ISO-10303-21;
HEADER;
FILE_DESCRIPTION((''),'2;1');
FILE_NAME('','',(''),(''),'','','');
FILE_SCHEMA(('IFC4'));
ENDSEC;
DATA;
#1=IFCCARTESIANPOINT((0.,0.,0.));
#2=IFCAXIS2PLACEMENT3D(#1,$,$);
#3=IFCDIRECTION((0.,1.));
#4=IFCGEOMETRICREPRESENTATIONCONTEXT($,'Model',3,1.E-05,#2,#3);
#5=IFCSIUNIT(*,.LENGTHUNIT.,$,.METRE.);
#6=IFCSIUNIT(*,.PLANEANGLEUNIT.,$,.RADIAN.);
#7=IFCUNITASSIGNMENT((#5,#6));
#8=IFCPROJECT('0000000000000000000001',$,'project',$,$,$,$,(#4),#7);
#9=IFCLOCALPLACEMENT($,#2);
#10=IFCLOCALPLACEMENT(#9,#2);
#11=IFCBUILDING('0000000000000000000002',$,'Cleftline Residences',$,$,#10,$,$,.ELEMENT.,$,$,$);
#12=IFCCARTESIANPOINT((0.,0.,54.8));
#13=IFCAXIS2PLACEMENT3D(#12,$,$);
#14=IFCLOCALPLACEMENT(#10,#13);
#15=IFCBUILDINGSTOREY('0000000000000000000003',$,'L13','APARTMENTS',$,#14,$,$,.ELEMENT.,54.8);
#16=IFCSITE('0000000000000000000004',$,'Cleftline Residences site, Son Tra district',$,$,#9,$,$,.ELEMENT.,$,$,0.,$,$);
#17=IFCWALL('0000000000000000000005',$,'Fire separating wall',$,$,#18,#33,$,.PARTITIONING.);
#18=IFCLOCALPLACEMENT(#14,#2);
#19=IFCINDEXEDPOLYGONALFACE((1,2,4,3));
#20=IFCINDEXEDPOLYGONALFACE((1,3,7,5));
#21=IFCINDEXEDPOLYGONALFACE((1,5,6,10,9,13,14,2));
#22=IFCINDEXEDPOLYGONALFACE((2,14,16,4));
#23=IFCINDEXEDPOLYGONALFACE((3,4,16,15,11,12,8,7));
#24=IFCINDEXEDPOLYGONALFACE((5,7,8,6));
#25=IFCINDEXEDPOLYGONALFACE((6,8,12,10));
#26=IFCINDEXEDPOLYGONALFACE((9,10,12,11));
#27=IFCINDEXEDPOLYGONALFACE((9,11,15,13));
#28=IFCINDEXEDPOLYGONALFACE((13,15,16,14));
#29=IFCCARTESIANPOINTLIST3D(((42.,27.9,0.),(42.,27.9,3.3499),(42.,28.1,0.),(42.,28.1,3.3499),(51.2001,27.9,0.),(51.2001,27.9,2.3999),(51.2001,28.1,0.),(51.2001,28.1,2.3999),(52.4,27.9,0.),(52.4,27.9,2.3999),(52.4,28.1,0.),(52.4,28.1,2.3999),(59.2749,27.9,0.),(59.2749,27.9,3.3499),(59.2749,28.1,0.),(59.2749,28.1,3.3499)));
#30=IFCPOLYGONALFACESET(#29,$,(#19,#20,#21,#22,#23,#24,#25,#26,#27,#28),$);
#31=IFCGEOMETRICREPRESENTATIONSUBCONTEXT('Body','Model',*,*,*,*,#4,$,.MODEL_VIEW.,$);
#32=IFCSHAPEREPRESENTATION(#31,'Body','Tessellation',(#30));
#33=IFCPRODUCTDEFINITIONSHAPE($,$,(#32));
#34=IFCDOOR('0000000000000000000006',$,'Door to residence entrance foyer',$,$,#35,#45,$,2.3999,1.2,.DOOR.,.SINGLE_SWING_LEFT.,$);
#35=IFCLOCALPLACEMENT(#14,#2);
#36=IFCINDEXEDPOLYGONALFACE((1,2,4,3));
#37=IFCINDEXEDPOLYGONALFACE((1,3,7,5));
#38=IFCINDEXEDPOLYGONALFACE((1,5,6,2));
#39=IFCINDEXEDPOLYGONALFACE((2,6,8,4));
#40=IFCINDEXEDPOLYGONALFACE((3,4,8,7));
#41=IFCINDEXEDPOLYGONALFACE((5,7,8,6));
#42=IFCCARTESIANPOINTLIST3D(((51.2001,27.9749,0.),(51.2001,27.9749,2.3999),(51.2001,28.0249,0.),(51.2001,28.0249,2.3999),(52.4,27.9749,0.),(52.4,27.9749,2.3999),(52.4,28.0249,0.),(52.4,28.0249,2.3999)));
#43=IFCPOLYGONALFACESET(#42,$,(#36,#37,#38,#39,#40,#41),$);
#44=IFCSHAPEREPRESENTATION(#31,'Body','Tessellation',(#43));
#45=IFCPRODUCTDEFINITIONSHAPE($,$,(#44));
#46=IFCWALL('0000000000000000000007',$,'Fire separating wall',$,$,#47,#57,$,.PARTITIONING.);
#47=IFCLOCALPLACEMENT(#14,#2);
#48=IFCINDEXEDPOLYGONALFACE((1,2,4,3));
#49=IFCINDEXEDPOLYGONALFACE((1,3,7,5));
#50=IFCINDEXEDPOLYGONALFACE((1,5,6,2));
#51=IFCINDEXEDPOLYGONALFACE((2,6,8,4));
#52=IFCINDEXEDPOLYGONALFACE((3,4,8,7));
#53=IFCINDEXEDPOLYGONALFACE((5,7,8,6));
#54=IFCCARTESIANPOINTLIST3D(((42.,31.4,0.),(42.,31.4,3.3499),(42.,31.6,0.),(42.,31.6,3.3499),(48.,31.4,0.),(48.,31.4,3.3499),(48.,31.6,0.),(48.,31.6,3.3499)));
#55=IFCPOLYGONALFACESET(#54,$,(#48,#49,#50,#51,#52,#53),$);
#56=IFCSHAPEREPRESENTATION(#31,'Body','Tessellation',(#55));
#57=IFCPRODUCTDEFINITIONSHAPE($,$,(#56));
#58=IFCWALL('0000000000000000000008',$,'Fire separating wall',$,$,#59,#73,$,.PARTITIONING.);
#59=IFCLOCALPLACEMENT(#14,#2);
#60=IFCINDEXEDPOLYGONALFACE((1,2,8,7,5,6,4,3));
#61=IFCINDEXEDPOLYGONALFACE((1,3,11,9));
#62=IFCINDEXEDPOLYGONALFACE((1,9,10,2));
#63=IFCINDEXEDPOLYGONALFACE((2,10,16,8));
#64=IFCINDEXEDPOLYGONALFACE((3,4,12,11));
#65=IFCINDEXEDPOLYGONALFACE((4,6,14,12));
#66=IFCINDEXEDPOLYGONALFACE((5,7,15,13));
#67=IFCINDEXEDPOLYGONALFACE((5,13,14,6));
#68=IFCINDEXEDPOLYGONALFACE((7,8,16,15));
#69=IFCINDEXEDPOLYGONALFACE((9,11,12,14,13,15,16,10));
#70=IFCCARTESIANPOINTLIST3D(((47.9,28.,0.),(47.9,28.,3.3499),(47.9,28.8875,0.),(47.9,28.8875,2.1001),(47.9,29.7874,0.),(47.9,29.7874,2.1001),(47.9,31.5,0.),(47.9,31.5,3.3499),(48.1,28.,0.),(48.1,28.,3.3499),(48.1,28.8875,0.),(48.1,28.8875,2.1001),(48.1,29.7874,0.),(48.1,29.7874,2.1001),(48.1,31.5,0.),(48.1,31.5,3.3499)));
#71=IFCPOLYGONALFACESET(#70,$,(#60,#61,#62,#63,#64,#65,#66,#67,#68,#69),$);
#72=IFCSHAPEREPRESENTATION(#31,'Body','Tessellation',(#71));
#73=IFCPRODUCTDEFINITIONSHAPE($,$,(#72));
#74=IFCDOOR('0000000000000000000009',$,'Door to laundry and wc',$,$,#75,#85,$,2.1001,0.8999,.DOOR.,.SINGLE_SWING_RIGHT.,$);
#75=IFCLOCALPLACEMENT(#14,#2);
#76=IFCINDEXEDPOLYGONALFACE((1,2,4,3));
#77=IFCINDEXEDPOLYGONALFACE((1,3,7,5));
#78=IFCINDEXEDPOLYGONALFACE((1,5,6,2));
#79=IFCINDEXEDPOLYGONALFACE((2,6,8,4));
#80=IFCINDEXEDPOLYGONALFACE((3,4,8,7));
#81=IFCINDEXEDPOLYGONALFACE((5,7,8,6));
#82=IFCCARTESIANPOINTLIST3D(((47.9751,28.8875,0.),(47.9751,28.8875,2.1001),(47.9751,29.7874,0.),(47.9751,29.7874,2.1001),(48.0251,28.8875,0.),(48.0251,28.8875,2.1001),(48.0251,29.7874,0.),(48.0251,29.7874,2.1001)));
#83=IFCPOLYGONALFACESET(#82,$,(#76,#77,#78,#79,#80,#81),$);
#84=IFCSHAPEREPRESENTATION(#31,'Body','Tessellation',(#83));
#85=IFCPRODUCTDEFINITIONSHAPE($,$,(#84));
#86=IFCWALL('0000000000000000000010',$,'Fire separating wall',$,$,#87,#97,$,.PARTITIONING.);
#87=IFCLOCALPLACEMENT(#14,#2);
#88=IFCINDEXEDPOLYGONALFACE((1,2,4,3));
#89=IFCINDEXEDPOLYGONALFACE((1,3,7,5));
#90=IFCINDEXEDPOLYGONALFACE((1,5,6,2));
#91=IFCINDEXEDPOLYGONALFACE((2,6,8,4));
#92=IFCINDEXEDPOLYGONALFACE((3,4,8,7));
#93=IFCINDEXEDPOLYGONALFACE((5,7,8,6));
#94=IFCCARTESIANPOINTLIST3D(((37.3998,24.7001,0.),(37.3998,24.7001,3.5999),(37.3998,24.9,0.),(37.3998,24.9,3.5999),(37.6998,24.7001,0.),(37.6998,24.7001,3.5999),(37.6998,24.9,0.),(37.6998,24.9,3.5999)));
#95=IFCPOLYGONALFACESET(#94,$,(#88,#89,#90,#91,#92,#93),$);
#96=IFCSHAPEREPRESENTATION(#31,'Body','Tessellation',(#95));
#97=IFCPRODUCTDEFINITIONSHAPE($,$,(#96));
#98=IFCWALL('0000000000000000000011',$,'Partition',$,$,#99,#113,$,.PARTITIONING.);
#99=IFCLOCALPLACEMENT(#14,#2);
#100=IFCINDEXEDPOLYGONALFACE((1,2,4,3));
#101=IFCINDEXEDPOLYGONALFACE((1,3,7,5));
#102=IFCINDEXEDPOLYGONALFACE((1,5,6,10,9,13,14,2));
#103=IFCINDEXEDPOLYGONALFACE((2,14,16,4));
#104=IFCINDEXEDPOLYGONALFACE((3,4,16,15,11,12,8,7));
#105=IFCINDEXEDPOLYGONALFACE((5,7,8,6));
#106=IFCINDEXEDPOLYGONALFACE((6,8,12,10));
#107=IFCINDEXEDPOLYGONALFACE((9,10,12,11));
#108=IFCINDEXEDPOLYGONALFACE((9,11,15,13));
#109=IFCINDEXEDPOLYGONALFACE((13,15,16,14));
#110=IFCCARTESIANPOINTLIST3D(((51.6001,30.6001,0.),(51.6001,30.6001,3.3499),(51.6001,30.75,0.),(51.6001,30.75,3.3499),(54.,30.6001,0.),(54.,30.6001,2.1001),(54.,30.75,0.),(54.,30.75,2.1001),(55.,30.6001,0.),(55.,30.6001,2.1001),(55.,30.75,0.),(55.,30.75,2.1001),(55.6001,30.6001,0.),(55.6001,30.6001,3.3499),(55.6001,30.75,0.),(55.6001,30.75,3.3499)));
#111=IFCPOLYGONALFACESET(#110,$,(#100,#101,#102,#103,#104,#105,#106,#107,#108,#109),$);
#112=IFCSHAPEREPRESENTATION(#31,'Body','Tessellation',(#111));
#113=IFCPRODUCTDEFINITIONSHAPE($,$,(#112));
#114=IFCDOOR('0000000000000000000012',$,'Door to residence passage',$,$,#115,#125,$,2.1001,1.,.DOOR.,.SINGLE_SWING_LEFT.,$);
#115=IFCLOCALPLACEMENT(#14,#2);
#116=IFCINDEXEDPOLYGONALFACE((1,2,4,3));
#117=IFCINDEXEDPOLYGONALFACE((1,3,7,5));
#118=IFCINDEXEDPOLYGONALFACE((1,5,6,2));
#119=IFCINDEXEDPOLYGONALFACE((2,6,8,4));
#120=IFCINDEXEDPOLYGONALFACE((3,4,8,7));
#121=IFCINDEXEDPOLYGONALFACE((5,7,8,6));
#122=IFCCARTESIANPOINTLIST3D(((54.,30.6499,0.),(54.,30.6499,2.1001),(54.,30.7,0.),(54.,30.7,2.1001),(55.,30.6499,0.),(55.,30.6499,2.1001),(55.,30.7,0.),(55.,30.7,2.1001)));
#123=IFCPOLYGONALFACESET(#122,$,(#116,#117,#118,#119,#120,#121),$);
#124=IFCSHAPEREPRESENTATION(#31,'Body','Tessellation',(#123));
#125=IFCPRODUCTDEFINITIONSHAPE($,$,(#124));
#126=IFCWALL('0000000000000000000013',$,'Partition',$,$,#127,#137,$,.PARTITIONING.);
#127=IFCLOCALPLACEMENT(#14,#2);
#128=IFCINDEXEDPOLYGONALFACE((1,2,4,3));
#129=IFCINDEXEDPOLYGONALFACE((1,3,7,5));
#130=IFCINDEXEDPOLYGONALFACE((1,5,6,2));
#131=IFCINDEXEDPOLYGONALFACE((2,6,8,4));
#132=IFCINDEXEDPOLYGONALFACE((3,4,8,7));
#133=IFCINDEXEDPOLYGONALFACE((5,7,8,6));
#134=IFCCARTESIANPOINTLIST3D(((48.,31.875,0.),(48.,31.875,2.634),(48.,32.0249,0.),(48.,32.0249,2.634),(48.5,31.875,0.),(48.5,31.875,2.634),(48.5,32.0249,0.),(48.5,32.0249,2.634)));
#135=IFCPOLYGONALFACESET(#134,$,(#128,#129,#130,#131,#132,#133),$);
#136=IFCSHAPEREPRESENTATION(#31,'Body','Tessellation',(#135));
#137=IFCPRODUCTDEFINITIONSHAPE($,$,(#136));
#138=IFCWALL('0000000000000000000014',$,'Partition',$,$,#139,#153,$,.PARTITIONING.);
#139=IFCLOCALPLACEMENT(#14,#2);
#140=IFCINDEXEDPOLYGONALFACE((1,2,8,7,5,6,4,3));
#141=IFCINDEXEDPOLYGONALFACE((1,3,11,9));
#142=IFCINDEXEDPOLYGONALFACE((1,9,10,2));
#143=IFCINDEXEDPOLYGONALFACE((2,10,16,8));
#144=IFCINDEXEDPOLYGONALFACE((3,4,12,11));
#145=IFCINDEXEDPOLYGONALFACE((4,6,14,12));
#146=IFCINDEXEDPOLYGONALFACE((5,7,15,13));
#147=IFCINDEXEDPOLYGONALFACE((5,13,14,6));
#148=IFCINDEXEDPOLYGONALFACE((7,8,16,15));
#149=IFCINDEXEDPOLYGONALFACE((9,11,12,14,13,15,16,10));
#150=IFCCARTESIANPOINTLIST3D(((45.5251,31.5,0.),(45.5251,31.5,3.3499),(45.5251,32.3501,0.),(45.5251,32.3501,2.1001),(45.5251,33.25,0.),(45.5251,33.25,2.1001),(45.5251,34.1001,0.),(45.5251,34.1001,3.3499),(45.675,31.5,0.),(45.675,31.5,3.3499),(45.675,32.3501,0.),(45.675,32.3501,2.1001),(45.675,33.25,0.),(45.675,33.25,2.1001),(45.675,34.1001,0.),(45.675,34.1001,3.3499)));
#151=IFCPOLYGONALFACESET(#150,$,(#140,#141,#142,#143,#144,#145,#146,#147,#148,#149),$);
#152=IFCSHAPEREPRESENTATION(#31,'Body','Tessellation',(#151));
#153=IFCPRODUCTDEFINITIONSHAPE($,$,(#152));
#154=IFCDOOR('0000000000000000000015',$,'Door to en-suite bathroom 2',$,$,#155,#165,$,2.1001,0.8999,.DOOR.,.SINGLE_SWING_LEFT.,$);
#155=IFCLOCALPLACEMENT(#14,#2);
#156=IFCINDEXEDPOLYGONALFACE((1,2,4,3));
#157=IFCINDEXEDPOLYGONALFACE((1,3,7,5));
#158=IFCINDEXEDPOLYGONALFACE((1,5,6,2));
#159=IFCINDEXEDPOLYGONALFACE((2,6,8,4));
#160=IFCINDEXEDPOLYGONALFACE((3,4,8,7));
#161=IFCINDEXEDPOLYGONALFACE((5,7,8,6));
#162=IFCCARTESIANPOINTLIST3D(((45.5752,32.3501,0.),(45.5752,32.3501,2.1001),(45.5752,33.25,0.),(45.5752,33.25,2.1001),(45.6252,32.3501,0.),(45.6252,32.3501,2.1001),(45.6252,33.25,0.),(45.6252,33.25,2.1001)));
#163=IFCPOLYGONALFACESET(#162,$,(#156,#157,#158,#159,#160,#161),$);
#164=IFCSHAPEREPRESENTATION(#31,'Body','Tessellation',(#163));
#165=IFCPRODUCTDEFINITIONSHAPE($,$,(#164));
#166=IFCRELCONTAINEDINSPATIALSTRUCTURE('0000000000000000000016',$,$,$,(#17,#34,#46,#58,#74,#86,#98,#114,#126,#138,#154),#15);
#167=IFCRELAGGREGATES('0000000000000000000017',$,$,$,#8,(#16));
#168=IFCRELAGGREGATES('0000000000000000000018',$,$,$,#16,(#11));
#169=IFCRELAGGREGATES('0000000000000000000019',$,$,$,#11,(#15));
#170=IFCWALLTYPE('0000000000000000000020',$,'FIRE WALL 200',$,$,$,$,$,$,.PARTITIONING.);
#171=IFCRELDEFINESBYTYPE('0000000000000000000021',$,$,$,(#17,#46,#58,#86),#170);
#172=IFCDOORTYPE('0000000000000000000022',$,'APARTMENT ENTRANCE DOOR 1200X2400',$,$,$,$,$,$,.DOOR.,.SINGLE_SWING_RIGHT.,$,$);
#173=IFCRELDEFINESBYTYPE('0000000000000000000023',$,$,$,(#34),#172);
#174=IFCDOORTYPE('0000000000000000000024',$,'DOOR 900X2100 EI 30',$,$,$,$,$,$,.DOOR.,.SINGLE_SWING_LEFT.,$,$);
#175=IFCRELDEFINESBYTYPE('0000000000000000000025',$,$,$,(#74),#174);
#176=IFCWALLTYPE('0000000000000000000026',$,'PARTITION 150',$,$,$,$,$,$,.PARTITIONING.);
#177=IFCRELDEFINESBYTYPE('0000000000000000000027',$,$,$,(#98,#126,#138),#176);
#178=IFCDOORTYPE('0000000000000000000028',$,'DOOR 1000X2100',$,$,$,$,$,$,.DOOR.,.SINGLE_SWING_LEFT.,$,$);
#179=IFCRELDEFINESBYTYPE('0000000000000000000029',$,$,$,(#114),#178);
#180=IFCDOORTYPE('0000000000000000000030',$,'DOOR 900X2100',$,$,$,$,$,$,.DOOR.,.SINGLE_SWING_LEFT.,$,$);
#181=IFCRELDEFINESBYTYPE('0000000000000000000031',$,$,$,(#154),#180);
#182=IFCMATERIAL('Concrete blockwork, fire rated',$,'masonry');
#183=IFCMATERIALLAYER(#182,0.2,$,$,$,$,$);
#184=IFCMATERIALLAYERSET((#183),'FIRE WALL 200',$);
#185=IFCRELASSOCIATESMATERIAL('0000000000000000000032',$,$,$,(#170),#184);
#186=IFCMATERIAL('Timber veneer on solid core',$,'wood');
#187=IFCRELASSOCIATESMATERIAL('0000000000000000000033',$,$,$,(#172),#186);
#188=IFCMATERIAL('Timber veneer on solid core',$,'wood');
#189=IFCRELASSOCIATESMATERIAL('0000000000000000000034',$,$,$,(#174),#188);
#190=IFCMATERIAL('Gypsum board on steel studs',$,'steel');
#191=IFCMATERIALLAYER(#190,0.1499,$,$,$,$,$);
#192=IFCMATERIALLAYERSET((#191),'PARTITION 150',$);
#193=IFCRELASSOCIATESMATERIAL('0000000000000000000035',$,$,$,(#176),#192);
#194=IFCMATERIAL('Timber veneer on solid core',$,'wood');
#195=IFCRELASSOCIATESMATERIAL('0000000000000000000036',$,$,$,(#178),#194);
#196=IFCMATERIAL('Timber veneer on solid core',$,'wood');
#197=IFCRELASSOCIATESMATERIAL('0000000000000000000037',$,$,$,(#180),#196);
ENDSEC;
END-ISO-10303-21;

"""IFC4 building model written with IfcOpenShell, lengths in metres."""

from ifc_helpers import new_model, si_unit, direction, frame, frame_2d, origin, place, context, subcontext, project, spatial, rectangle, extrude, material, layer, layer_set, type_object, element, fill, save


model = new_model("IFC4")

# Units and contexts
model_context = context("Model", 3, precision=1e-05, world=origin(), true_north=direction((0.0, 1.0)))
body_context = subcontext(model_context, "Body", "Model", "MODEL_VIEW")
ifc_project = project(units=[si_unit("LENGTHUNIT", "METRE"), si_unit("PLANEANGLEUNIT", "RADIAN")], contexts=[model_context])

# Site, building, storey
site_placement = place(None, origin())
site = spatial("IfcSite", under=ifc_project, at=site_placement, Name="Cleftline Residences site, Son Tra district", CompositionType="ELEMENT", RefElevation=0.0)
building_placement = place(site_placement, origin())
building = spatial("IfcBuilding", under=site, at=building_placement, Name="Cleftline Residences", CompositionType="ELEMENT")
storey_placement = place(building_placement, frame((0.0, 0.0, 54.8)))
storey = spatial("IfcBuildingStorey", under=building, at=storey_placement, Name="L13", Description="APARTMENTS", CompositionType="ELEMENT", Elevation=54.8)

# Shared definitions
ifc_material_1 = material(Name="Concrete blockwork, fire rated", Category="masonry")
ifc_layer_1 = layer(ifc_material_1, 0.2)
ifc_layer_set_1 = layer_set([ifc_layer_1], Name="FIRE WALL 200")
wall_type_1 = type_object("IfcWallType", Name="FIRE WALL 200", PredefinedType="PARTITIONING", material=ifc_layer_set_1)

# Wall, opening, door
wall_1_placement = place(storey_placement, frame((42.0, 28.0, 0.0), z_axis=(0.0, 0.0, 1.0), x_axis=(1.0, 0.0, 0.0)))
wall_1 = element("IfcWall", 1, at=wall_1_placement, inside=storey, type_object=wall_type_1, Name="Fire separating wall", PredefinedType="PARTITIONING", context=body_context, shape_type="SweptSolid", body=[
    extrude(rectangle(XDim=17.2749, YDim=0.2, at=frame_2d((8.6375, 0.0))), origin(), (0.0, 0.0, 1.0), 3.3499),
])
opening_1_placement = place(wall_1_placement, frame((9.2, 0.0, 0.0)))
opening_1 = element("IfcOpeningElement", 2, at=opening_1_placement, cuts=wall_1, PredefinedType="OPENING", context=body_context, shape_type="SweptSolid", body=[
    extrude(rectangle(XDim=1.2, YDim=2.3999, at=frame_2d((0.6001, 1.2))), frame((0.0, 0.1099, 0.0), z_axis=(0.0, -1.0, 0.0), x_axis=(1.0, 0.0, 0.0)), (0.0, 0.0, 1.0), 0.22),
])
ifc_material_2 = material(Name="Timber veneer on solid core", Category="wood")
door_type_1 = type_object("IfcDoorType", Name="APARTMENT ENTRANCE DOOR 1200X2400", OperationType="SINGLE_SWING_RIGHT", PredefinedType="DOOR", material=ifc_material_2)
door_1_placement = place(opening_1_placement, origin())
door_1 = element("IfcDoor", 3, at=door_1_placement, inside=storey, type_object=door_type_1, Name="Door to residence entrance foyer", OperationType="SINGLE_SWING_LEFT", OverallHeight=2.3999, OverallWidth=1.2, PredefinedType="DOOR", context=body_context, shape_type="SweptSolid", body=[
    extrude(rectangle(XDim=1.2, YDim=2.3999, at=frame_2d((0.6001, 1.2))), frame((0.0, 0.0249, 0.0), z_axis=(0.0, -1.0, 0.0), x_axis=(1.0, 0.0, 0.0)), (0.0, 0.0, 1.0), 0.05),
])
fill(opening_1, door_1)

# Wall
wall_2_placement = place(storey_placement, frame((42.0, 31.5, 0.0), z_axis=(0.0, 0.0, 1.0), x_axis=(1.0, 0.0, 0.0)))
element("IfcWall", 4, at=wall_2_placement, inside=storey, type_object=wall_type_1, Name="Fire separating wall", PredefinedType="PARTITIONING", context=body_context, shape_type="SweptSolid", body=[
    extrude(rectangle(XDim=6.0, YDim=0.2, at=frame_2d((3.0, 0.0))), origin(), (0.0, 0.0, 1.0), 3.3499),
])

# Wall, opening, door
wall_3_placement = place(storey_placement, frame((48.0, 28.0, 0.0), z_axis=(0.0, 0.0, 1.0), x_axis=(0.0, 1.0, 0.0)))
wall_3 = element("IfcWall", 5, at=wall_3_placement, inside=storey, type_object=wall_type_1, Name="Fire separating wall", PredefinedType="PARTITIONING", context=body_context, shape_type="SweptSolid", body=[
    extrude(rectangle(XDim=3.5, YDim=0.2, at=frame_2d((1.75, 0.0))), origin(), (0.0, 0.0, 1.0), 3.3499),
])
opening_2_placement = place(wall_3_placement, frame((0.8875, 0.0, 0.0)))
opening_2 = element("IfcOpeningElement", 6, at=opening_2_placement, cuts=wall_3, PredefinedType="OPENING", context=body_context, shape_type="SweptSolid", body=[
    extrude(rectangle(XDim=0.8999, YDim=2.1001, at=frame_2d((0.45, 1.05))), frame((0.0, 0.1099, 0.0), z_axis=(0.0, -1.0, 0.0), x_axis=(1.0, 0.0, 0.0)), (0.0, 0.0, 1.0), 0.22),
])
ifc_material_3 = material(Name="Timber veneer on solid core", Category="wood")
door_type_2 = type_object("IfcDoorType", Name="DOOR 900X2100 EI 30", OperationType="SINGLE_SWING_LEFT", PredefinedType="DOOR", material=ifc_material_3)
door_2_placement = place(opening_2_placement, origin())
door_2 = element("IfcDoor", 7, at=door_2_placement, inside=storey, type_object=door_type_2, Name="Door to laundry and wc", OperationType="SINGLE_SWING_RIGHT", OverallHeight=2.1001, OverallWidth=0.8999, PredefinedType="DOOR", context=body_context, shape_type="SweptSolid", body=[
    extrude(rectangle(XDim=0.8999, YDim=2.1001, at=frame_2d((0.45, 1.05))), frame((0.0, 0.0249, 0.0), z_axis=(0.0, -1.0, 0.0), x_axis=(1.0, 0.0, 0.0)), (0.0, 0.0, 1.0), 0.05),
])
fill(opening_2, door_2)

# Wall
wall_4_placement = place(storey_placement, frame((37.3999, 24.8, 0.0), z_axis=(0.0, 0.0, 1.0), x_axis=(1.0, 0.0, 0.0)))
element("IfcWall", 8, at=wall_4_placement, inside=storey, type_object=wall_type_1, Name="Fire separating wall", PredefinedType="PARTITIONING", context=body_context, shape_type="SweptSolid", body=[
    extrude(rectangle(XDim=0.3, YDim=0.2, at=frame_2d((0.1499, 0.0))), origin(), (0.0, 0.0, 1.0), 3.5999),
])

# Wall, opening, door
ifc_material_4 = material(Name="Gypsum board on steel studs", Category="steel")
ifc_layer_2 = layer(ifc_material_4, 0.1499)
ifc_layer_set_2 = layer_set([ifc_layer_2], Name="PARTITION 150")
wall_type_2 = type_object("IfcWallType", Name="PARTITION 150", PredefinedType="PARTITIONING", material=ifc_layer_set_2)
wall_5_placement = place(storey_placement, frame((51.6001, 30.675, 0.0), z_axis=(0.0, 0.0, 1.0), x_axis=(1.0, 0.0, 0.0)))
wall_5 = element("IfcWall", 9, at=wall_5_placement, inside=storey, type_object=wall_type_2, Name="Partition", PredefinedType="PARTITIONING", context=body_context, shape_type="SweptSolid", body=[
    extrude(rectangle(XDim=4.0, YDim=0.1499, at=frame_2d((2.0, 0.0))), origin(), (0.0, 0.0, 1.0), 3.3499),
])
opening_3_placement = place(wall_5_placement, frame((2.3999, 0.0, 0.0)))
opening_3 = element("IfcOpeningElement", 10, at=opening_3_placement, cuts=wall_5, PredefinedType="OPENING", context=body_context, shape_type="SweptSolid", body=[
    extrude(rectangle(XDim=1.0, YDim=2.1001, at=frame_2d((0.5, 1.05))), frame((0.0, 0.085, 0.0), z_axis=(0.0, -1.0, 0.0), x_axis=(1.0, 0.0, 0.0)), (0.0, 0.0, 1.0), 0.1699),
])
ifc_material_5 = material(Name="Timber veneer on solid core", Category="wood")
door_type_3 = type_object("IfcDoorType", Name="DOOR 1000X2100", OperationType="SINGLE_SWING_LEFT", PredefinedType="DOOR", material=ifc_material_5)
door_3_placement = place(opening_3_placement, origin())
door_3 = element("IfcDoor", 11, at=door_3_placement, inside=storey, type_object=door_type_3, Name="Door to residence passage", OperationType="SINGLE_SWING_LEFT", OverallHeight=2.1001, OverallWidth=1.0, PredefinedType="DOOR", context=body_context, shape_type="SweptSolid", body=[
    extrude(rectangle(XDim=1.0, YDim=2.1001, at=frame_2d((0.5, 1.05))), frame((0.0, 0.0249, 0.0), z_axis=(0.0, -1.0, 0.0), x_axis=(1.0, 0.0, 0.0)), (0.0, 0.0, 1.0), 0.05),
])
fill(opening_3, door_3)

# Wall
wall_6_placement = place(storey_placement, frame((48.0, 31.95, 0.0), z_axis=(0.0, 0.0, 1.0), x_axis=(1.0, 0.0, 0.0)))
element("IfcWall", 12, at=wall_6_placement, inside=storey, type_object=wall_type_2, Name="Partition", PredefinedType="PARTITIONING", context=body_context, shape_type="SweptSolid", body=[
    extrude(rectangle(XDim=0.5, YDim=0.1499, at=frame_2d((0.25, 0.0))), origin(), (0.0, 0.0, 1.0), 2.634),
])

# Wall, opening, door
wall_7_placement = place(storey_placement, frame((45.6001, 31.5, 0.0), z_axis=(0.0, 0.0, 1.0), x_axis=(0.0, 1.0, 0.0)))
wall_7 = element("IfcWall", 13, at=wall_7_placement, inside=storey, type_object=wall_type_2, Name="Partition", PredefinedType="PARTITIONING", context=body_context, shape_type="SweptSolid", body=[
    extrude(rectangle(XDim=2.6001, YDim=0.1499, at=frame_2d((1.3, 0.0))), origin(), (0.0, 0.0, 1.0), 3.3499),
])
opening_4_placement = place(wall_7_placement, frame((0.8501, 0.0, 0.0)))
opening_4 = element("IfcOpeningElement", 14, at=opening_4_placement, cuts=wall_7, PredefinedType="OPENING", context=body_context, shape_type="SweptSolid", body=[
    extrude(rectangle(XDim=0.8999, YDim=2.1001, at=frame_2d((0.45, 1.05))), frame((0.0, 0.085, 0.0), z_axis=(0.0, -1.0, 0.0), x_axis=(1.0, 0.0, 0.0)), (0.0, 0.0, 1.0), 0.1699),
])
ifc_material_6 = material(Name="Timber veneer on solid core", Category="wood")
door_type_4 = type_object("IfcDoorType", Name="DOOR 900X2100", OperationType="SINGLE_SWING_LEFT", PredefinedType="DOOR", material=ifc_material_6)
door_4_placement = place(opening_4_placement, origin())
door_4 = element("IfcDoor", 15, at=door_4_placement, inside=storey, type_object=door_type_4, Name="Door to en-suite bathroom 2", OperationType="SINGLE_SWING_LEFT", OverallHeight=2.1001, OverallWidth=0.8999, PredefinedType="DOOR", context=body_context, shape_type="SweptSolid", body=[
    extrude(rectangle(XDim=0.8999, YDim=2.1001, at=frame_2d((0.45, 1.05))), frame((0.0, 0.0249, 0.0), z_axis=(0.0, -1.0, 0.0), x_axis=(1.0, 0.0, 0.0)), (0.0, 0.0, 1.0), 0.05),
])
fill(opening_4, door_4)

save(model, "model.ifc")
